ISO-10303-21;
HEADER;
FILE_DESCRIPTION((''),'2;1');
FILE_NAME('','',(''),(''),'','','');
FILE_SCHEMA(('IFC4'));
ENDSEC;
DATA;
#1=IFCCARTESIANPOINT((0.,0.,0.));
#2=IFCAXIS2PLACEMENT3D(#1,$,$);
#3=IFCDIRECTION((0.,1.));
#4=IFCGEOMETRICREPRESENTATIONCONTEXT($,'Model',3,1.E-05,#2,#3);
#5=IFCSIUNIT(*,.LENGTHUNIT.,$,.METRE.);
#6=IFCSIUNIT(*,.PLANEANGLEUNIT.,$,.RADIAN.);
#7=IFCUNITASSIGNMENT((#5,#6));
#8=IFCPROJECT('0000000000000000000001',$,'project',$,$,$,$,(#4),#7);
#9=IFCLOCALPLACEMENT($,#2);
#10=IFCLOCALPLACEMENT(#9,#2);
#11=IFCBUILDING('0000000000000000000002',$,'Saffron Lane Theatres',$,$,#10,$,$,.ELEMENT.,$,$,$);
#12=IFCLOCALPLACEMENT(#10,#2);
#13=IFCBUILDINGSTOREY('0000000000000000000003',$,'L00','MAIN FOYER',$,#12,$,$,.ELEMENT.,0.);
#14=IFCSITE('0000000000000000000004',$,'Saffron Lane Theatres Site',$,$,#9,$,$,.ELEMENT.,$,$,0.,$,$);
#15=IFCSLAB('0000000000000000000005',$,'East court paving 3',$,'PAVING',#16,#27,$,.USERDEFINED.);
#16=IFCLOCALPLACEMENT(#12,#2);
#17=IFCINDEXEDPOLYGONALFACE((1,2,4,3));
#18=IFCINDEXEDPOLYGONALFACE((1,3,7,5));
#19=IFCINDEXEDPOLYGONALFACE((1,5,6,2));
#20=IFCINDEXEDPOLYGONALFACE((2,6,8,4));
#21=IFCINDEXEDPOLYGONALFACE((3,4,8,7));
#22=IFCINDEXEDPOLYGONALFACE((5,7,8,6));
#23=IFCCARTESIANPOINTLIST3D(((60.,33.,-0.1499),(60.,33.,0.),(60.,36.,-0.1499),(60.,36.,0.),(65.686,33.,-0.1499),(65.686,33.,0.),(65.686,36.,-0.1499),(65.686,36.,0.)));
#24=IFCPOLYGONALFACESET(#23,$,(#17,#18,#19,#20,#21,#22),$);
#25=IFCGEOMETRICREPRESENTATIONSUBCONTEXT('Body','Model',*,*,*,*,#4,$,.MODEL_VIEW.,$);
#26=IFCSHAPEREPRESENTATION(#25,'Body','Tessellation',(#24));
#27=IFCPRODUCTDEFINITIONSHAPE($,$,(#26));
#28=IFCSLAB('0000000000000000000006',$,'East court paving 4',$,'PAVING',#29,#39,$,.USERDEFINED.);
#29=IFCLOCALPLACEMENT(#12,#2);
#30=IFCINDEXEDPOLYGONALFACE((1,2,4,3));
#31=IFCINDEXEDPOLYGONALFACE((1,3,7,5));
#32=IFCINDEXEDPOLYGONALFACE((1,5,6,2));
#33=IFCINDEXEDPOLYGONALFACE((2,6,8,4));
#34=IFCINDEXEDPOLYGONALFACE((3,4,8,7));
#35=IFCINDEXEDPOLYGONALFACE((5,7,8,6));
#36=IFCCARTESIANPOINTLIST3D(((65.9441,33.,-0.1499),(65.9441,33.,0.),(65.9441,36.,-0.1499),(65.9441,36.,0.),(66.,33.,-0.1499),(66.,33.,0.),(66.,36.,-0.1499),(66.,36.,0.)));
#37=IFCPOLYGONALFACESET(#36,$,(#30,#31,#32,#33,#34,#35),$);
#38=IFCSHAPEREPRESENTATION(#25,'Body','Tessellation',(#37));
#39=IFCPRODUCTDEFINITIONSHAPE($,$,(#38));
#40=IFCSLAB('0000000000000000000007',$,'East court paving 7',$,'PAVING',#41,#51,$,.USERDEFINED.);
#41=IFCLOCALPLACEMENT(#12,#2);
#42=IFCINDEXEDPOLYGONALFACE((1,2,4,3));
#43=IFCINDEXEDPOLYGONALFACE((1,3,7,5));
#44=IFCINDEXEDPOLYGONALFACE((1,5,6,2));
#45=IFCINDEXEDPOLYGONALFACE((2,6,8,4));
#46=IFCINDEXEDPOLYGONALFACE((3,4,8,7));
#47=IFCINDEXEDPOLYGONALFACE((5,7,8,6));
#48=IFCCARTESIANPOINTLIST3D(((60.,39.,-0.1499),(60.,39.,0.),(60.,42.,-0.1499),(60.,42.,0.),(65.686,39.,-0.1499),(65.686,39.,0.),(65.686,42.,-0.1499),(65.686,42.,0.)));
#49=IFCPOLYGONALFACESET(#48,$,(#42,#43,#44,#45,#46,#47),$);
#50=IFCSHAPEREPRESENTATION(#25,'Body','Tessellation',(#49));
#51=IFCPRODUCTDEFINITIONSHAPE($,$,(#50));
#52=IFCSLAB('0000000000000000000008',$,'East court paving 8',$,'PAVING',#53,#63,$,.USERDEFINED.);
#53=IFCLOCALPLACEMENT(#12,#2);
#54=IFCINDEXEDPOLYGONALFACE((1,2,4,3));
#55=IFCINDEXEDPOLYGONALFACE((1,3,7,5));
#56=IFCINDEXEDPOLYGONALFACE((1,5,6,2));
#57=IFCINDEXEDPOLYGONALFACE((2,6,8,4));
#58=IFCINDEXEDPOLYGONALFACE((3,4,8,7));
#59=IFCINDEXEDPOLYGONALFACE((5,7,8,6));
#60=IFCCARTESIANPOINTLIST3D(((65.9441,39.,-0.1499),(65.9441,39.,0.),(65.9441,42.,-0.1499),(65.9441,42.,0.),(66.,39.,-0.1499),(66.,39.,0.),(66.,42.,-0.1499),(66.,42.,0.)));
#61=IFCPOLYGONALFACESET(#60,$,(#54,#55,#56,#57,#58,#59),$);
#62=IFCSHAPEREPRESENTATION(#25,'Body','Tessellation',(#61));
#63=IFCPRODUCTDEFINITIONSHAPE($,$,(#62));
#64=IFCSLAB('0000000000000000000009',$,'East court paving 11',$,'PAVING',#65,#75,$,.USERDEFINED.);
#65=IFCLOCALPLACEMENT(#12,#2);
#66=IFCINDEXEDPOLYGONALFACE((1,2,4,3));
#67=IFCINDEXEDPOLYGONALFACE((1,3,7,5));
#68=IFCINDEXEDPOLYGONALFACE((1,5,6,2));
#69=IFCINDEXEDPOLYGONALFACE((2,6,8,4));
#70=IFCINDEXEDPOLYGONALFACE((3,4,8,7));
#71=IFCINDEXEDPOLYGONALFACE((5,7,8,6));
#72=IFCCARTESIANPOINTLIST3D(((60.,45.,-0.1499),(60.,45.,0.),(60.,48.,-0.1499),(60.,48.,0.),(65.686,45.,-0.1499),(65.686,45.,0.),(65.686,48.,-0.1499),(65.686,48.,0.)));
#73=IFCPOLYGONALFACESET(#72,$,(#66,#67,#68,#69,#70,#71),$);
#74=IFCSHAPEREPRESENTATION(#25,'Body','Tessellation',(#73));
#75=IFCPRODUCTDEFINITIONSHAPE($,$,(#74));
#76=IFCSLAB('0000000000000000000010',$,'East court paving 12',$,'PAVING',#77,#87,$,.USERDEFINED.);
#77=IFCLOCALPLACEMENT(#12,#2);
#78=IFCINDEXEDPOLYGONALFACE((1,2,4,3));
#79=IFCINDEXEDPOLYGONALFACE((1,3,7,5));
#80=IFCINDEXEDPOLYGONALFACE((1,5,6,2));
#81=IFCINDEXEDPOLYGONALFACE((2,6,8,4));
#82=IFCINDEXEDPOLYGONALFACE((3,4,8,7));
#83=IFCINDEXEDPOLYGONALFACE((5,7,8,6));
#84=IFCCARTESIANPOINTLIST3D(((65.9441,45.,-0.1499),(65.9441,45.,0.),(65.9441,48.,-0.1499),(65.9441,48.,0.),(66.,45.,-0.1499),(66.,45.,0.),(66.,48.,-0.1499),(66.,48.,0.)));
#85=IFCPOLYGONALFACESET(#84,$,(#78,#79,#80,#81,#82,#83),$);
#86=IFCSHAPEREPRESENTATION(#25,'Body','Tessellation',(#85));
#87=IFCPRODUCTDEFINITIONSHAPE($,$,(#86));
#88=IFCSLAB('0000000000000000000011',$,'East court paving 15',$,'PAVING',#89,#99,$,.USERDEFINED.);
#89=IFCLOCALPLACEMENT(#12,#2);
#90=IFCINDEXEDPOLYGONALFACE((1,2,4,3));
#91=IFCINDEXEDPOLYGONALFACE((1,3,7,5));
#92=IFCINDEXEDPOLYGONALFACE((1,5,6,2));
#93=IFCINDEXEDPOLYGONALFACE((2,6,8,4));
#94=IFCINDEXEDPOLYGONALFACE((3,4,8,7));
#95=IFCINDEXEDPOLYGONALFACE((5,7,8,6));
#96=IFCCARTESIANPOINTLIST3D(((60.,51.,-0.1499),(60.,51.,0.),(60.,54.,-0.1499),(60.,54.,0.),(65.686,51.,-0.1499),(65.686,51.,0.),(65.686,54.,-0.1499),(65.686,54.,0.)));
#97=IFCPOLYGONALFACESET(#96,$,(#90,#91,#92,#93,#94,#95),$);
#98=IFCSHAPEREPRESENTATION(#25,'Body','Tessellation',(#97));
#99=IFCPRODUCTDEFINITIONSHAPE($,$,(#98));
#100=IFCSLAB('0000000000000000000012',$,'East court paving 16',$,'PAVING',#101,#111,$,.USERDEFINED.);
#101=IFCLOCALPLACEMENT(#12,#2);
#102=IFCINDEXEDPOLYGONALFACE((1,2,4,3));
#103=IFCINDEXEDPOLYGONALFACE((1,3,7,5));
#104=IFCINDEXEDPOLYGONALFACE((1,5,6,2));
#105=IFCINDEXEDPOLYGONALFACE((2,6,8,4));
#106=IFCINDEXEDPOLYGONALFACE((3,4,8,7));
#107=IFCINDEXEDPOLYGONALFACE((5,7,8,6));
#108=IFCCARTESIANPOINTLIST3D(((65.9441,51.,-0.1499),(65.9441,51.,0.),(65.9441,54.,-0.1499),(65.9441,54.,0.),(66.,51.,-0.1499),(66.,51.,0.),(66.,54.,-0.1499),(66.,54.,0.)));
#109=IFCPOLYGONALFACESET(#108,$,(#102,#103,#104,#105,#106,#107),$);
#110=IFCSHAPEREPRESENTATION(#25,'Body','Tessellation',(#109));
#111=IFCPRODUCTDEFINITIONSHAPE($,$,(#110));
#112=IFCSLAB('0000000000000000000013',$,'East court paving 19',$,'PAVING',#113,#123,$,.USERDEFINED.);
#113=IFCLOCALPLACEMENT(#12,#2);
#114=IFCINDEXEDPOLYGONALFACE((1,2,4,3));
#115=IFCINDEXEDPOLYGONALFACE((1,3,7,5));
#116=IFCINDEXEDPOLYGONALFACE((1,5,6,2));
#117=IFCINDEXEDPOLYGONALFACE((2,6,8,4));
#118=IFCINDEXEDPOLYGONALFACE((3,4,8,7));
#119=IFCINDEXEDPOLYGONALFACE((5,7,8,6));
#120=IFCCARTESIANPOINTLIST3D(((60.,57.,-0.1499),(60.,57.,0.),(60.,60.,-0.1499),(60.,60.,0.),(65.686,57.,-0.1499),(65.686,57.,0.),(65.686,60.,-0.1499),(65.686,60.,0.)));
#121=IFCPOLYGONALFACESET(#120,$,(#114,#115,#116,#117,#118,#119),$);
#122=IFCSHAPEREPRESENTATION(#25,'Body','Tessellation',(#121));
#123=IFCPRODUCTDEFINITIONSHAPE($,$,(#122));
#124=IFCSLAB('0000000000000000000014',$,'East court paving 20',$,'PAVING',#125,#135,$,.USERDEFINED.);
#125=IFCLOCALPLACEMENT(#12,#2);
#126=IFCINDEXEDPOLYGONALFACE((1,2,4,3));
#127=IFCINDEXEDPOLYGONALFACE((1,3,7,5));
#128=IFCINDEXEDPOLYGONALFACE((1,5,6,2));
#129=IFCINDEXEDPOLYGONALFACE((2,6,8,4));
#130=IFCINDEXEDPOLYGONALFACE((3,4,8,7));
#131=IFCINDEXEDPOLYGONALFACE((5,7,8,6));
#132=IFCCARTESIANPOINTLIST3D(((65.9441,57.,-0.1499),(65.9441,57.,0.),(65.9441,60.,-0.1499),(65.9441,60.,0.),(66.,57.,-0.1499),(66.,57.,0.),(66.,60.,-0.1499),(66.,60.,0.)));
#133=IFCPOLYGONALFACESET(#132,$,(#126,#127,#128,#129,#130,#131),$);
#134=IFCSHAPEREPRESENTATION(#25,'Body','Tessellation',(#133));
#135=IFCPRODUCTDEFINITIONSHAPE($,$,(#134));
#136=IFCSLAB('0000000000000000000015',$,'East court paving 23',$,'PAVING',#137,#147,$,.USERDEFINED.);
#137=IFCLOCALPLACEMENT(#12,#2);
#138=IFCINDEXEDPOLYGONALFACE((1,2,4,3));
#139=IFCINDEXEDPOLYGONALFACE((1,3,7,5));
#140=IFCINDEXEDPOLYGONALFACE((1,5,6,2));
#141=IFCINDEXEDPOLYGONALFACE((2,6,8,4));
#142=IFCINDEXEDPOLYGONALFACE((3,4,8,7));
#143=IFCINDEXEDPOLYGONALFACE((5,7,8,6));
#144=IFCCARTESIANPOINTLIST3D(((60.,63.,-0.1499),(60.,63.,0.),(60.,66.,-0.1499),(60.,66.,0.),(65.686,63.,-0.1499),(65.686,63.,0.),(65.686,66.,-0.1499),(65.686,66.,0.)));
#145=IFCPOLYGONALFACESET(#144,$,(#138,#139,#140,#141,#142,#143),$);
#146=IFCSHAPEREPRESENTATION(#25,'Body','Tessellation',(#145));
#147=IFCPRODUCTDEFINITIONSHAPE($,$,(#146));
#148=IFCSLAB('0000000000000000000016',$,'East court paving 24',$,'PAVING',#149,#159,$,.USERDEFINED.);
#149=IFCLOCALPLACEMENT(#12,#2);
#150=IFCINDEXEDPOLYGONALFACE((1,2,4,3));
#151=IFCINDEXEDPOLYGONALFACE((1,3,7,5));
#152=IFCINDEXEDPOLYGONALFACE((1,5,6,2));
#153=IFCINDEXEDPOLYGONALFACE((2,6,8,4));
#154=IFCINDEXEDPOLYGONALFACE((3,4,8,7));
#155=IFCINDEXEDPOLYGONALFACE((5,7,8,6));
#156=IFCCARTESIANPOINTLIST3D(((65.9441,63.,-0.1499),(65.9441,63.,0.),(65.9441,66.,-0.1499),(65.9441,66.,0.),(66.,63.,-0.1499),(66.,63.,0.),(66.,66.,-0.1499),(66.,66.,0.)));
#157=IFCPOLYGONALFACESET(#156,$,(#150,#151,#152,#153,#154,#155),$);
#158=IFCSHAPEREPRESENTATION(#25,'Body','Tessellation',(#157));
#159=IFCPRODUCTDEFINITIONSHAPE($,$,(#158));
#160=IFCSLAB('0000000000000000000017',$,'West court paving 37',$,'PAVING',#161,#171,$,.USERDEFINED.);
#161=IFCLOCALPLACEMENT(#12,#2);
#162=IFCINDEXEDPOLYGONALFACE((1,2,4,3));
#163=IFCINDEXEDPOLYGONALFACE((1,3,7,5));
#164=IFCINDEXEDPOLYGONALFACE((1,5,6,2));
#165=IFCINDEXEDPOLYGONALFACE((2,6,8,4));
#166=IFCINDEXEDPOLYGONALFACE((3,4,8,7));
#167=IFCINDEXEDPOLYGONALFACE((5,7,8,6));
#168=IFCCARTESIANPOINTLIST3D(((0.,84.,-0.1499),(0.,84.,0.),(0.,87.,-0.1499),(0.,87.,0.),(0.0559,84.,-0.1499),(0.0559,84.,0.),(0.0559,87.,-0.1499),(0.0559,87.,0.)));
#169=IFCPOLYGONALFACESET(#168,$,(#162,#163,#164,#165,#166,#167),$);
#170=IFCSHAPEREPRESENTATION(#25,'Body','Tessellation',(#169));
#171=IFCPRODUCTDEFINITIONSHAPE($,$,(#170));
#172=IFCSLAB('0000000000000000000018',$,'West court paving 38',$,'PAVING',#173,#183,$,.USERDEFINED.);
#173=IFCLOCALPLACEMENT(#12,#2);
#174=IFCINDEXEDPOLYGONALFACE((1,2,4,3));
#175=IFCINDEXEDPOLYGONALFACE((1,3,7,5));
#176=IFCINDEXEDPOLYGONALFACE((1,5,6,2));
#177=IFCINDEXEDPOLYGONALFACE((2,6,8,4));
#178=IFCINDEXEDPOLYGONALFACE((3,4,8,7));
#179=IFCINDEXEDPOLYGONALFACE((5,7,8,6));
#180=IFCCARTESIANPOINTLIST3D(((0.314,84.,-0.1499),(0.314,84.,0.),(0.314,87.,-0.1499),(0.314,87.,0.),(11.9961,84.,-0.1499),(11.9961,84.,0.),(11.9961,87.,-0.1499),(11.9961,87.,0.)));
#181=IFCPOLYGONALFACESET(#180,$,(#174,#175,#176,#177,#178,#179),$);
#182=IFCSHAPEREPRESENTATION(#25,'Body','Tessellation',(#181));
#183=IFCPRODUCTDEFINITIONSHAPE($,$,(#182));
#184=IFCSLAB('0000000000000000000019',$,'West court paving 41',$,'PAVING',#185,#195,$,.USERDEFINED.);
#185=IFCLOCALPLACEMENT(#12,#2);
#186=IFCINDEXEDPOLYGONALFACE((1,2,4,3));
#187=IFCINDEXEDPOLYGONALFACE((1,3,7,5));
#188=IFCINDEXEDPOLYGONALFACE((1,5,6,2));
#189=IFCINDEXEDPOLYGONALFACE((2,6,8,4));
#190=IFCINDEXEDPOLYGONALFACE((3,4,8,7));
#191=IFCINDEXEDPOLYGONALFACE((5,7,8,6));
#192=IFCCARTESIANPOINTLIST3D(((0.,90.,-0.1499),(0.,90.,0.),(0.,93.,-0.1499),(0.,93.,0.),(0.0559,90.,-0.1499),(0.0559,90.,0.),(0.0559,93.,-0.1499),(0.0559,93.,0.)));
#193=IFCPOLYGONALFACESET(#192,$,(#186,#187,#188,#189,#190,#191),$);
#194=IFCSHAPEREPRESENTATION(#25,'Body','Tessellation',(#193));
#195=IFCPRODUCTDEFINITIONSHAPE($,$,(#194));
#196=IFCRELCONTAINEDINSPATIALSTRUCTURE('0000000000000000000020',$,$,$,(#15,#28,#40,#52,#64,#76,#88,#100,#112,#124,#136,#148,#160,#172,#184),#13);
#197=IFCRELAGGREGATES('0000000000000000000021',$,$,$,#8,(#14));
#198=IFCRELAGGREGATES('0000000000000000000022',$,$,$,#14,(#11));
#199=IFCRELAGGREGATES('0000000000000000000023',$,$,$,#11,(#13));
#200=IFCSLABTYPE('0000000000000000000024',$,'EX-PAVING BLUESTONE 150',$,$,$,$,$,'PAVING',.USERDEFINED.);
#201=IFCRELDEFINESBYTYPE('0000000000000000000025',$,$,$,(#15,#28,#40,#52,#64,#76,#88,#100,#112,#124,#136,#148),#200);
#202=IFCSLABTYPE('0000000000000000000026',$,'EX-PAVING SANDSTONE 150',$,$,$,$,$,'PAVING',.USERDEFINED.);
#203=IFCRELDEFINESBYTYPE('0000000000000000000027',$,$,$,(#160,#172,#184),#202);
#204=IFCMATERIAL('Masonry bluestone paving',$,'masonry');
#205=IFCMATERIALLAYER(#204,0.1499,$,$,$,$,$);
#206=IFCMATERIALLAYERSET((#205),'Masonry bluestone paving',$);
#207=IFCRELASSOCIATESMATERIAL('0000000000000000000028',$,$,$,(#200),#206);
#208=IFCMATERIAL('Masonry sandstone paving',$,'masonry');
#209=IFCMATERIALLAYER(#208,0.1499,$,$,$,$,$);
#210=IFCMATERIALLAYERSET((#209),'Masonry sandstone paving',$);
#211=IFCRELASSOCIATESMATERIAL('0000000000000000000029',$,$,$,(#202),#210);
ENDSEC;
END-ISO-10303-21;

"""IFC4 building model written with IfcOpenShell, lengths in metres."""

from ifc_helpers import new_model, si_unit, direction, frame, origin, place, context, subcontext, project, spatial, polyline, outline, extrude, material, layer, layer_set, type_object, element, save


model = new_model("IFC4")

# Units and contexts
model_context = context("Model", 3, precision=1e-05, world=origin(), true_north=direction((0.0, 1.0)))
body_context = subcontext(model_context, "Body", "Model", "MODEL_VIEW")
ifc_project = project(units=[si_unit("LENGTHUNIT", "METRE"), si_unit("PLANEANGLEUNIT", "RADIAN")], contexts=[model_context])

# Site, building, storey
site_placement = place(None, origin())
site = spatial("IfcSite", under=ifc_project, at=site_placement, Name="Saffron Lane Theatres Site", CompositionType="ELEMENT", RefElevation=0.0)
building_placement = place(site_placement, origin())
building = spatial("IfcBuilding", under=site, at=building_placement, Name="Saffron Lane Theatres", CompositionType="ELEMENT")
storey_placement = place(building_placement, origin())
storey = spatial("IfcBuildingStorey", under=building, at=storey_placement, Name="L00", Description="MAIN FOYER", CompositionType="ELEMENT", Elevation=0.0)

# Slabs
ifc_material_1 = material(Name="Masonry bluestone paving", Category="masonry")
ifc_layer_1 = layer(ifc_material_1, 0.1499)
ifc_layer_set_1 = layer_set([ifc_layer_1], Name="Masonry bluestone paving")
slab_type_1 = type_object("IfcSlabType", Name="EX-PAVING BLUESTONE 150", ElementType="PAVING", PredefinedType="USERDEFINED", material=ifc_layer_set_1)
slab_1_placement = place(storey_placement, frame((0.0, 0.0, -0.1499)))
element("IfcSlab", 1, at=slab_1_placement, inside=storey, type_object=slab_type_1, Name="East court paving 3", ObjectType="PAVING", PredefinedType="USERDEFINED", context=body_context, shape_type="SweptSolid", body=[
    extrude(outline(polyline([(60.0, 36.0), (60.0, 33.0), (65.686, 33.0), (65.686, 36.0), (60.0, 36.0)])), origin(), (0.0, 0.0, 1.0), 0.1499),
])
slab_2_placement = place(storey_placement, frame((0.0, 0.0, -0.1499)))
element("IfcSlab", 2, at=slab_2_placement, inside=storey, type_object=slab_type_1, Name="East court paving 4", ObjectType="PAVING", PredefinedType="USERDEFINED", context=body_context, shape_type="SweptSolid", body=[
    extrude(outline(polyline([(66.0, 33.0), (66.0, 36.0), (65.9441, 36.0), (65.9441, 33.0), (66.0, 33.0)])), origin(), (0.0, 0.0, 1.0), 0.1499),
])
slab_3_placement = place(storey_placement, frame((0.0, 0.0, -0.1499)))
element("IfcSlab", 3, at=slab_3_placement, inside=storey, type_object=slab_type_1, Name="East court paving 7", ObjectType="PAVING", PredefinedType="USERDEFINED", context=body_context, shape_type="SweptSolid", body=[
    extrude(outline(polyline([(60.0, 42.0), (60.0, 39.0), (65.686, 39.0), (65.686, 42.0), (60.0, 42.0)])), origin(), (0.0, 0.0, 1.0), 0.1499),
])
slab_4_placement = place(storey_placement, frame((0.0, 0.0, -0.1499)))
element("IfcSlab", 4, at=slab_4_placement, inside=storey, type_object=slab_type_1, Name="East court paving 8", ObjectType="PAVING", PredefinedType="USERDEFINED", context=body_context, shape_type="SweptSolid", body=[
    extrude(outline(polyline([(66.0, 39.0), (66.0, 42.0), (65.9441, 42.0), (65.9441, 39.0), (66.0, 39.0)])), origin(), (0.0, 0.0, 1.0), 0.1499),
])
slab_5_placement = place(storey_placement, frame((0.0, 0.0, -0.1499)))
element("IfcSlab", 5, at=slab_5_placement, inside=storey, type_object=slab_type_1, Name="East court paving 11", ObjectType="PAVING", PredefinedType="USERDEFINED", context=body_context, shape_type="SweptSolid", body=[
    extrude(outline(polyline([(60.0, 48.0), (60.0, 45.0), (65.686, 45.0), (65.686, 48.0), (60.0, 48.0)])), origin(), (0.0, 0.0, 1.0), 0.1499),
])
slab_6_placement = place(storey_placement, frame((0.0, 0.0, -0.1499)))
element("IfcSlab", 6, at=slab_6_placement, inside=storey, type_object=slab_type_1, Name="East court paving 12", ObjectType="PAVING", PredefinedType="USERDEFINED", context=body_context, shape_type="SweptSolid", body=[
    extrude(outline(polyline([(66.0, 45.0), (66.0, 48.0), (65.9441, 48.0), (65.9441, 45.0), (66.0, 45.0)])), origin(), (0.0, 0.0, 1.0), 0.1499),
])
slab_7_placement = place(storey_placement, frame((0.0, 0.0, -0.1499)))
element("IfcSlab", 7, at=slab_7_placement, inside=storey, type_object=slab_type_1, Name="East court paving 15", ObjectType="PAVING", PredefinedType="USERDEFINED", context=body_context, shape_type="SweptSolid", body=[
    extrude(outline(polyline([(60.0, 54.0), (60.0, 51.0), (65.686, 51.0), (65.686, 54.0), (60.0, 54.0)])), origin(), (0.0, 0.0, 1.0), 0.1499),
])
slab_8_placement = place(storey_placement, frame((0.0, 0.0, -0.1499)))
element("IfcSlab", 8, at=slab_8_placement, inside=storey, type_object=slab_type_1, Name="East court paving 16", ObjectType="PAVING", PredefinedType="USERDEFINED", context=body_context, shape_type="SweptSolid", body=[
    extrude(outline(polyline([(66.0, 51.0), (66.0, 54.0), (65.9441, 54.0), (65.9441, 51.0), (66.0, 51.0)])), origin(), (0.0, 0.0, 1.0), 0.1499),
])
slab_9_placement = place(storey_placement, frame((0.0, 0.0, -0.1499)))
element("IfcSlab", 9, at=slab_9_placement, inside=storey, type_object=slab_type_1, Name="East court paving 19", ObjectType="PAVING", PredefinedType="USERDEFINED", context=body_context, shape_type="SweptSolid", body=[
    extrude(outline(polyline([(60.0, 60.0), (60.0, 57.0), (65.686, 57.0), (65.686, 60.0), (60.0, 60.0)])), origin(), (0.0, 0.0, 1.0), 0.1499),
])
slab_10_placement = place(storey_placement, frame((0.0, 0.0, -0.1499)))
element("IfcSlab", 10, at=slab_10_placement, inside=storey, type_object=slab_type_1, Name="East court paving 20", ObjectType="PAVING", PredefinedType="USERDEFINED", context=body_context, shape_type="SweptSolid", body=[
    extrude(outline(polyline([(66.0, 57.0), (66.0, 60.0), (65.9441, 60.0), (65.9441, 57.0), (66.0, 57.0)])), origin(), (0.0, 0.0, 1.0), 0.1499),
])
slab_11_placement = place(storey_placement, frame((0.0, 0.0, -0.1499)))
element("IfcSlab", 11, at=slab_11_placement, inside=storey, type_object=slab_type_1, Name="East court paving 23", ObjectType="PAVING", PredefinedType="USERDEFINED", context=body_context, shape_type="SweptSolid", body=[
    extrude(outline(polyline([(60.0, 66.0), (60.0, 63.0), (65.686, 63.0), (65.686, 66.0), (60.0, 66.0)])), origin(), (0.0, 0.0, 1.0), 0.1499),
])
slab_12_placement = place(storey_placement, frame((0.0, 0.0, -0.1499)))
element("IfcSlab", 12, at=slab_12_placement, inside=storey, type_object=slab_type_1, Name="East court paving 24", ObjectType="PAVING", PredefinedType="USERDEFINED", context=body_context, shape_type="SweptSolid", body=[
    extrude(outline(polyline([(66.0, 63.0), (66.0, 66.0), (65.9441, 66.0), (65.9441, 63.0), (66.0, 63.0)])), origin(), (0.0, 0.0, 1.0), 0.1499),
])
ifc_material_2 = material(Name="Masonry sandstone paving", Category="masonry")
ifc_layer_2 = layer(ifc_material_2, 0.1499)
ifc_layer_set_2 = layer_set([ifc_layer_2], Name="Masonry sandstone paving")
slab_type_2 = type_object("IfcSlabType", Name="EX-PAVING SANDSTONE 150", ElementType="PAVING", PredefinedType="USERDEFINED", material=ifc_layer_set_2)
slab_13_placement = place(storey_placement, frame((0.0, 0.0, -0.1499)))
element("IfcSlab", 13, at=slab_13_placement, inside=storey, type_object=slab_type_2, Name="West court paving 37", ObjectType="PAVING", PredefinedType="USERDEFINED", context=body_context, shape_type="SweptSolid", body=[
    extrude(outline(polyline([(0.0559, 84.0), (0.0559, 87.0), (0.0, 87.0), (0.0, 84.0), (0.0559, 84.0)])), origin(), (0.0, 0.0, 1.0), 0.1499),
])
slab_14_placement = place(storey_placement, frame((0.0, 0.0, -0.1499)))
element("IfcSlab", 14, at=slab_14_placement, inside=storey, type_object=slab_type_2, Name="West court paving 38", ObjectType="PAVING", PredefinedType="USERDEFINED", context=body_context, shape_type="SweptSolid", body=[
    extrude(outline(polyline([(11.9961, 84.0), (11.9961, 87.0), (0.314, 87.0), (0.314, 84.0), (11.9961, 84.0)])), origin(), (0.0, 0.0, 1.0), 0.1499),
])
slab_15_placement = place(storey_placement, frame((0.0, 0.0, -0.1499)))
element("IfcSlab", 15, at=slab_15_placement, inside=storey, type_object=slab_type_2, Name="West court paving 41", ObjectType="PAVING", PredefinedType="USERDEFINED", context=body_context, shape_type="SweptSolid", body=[
    extrude(outline(polyline([(0.0559, 90.0), (0.0559, 93.0), (0.0, 93.0), (0.0, 90.0), (0.0559, 90.0)])), origin(), (0.0, 0.0, 1.0), 0.1499),
])

save(model, "model.ifc")
